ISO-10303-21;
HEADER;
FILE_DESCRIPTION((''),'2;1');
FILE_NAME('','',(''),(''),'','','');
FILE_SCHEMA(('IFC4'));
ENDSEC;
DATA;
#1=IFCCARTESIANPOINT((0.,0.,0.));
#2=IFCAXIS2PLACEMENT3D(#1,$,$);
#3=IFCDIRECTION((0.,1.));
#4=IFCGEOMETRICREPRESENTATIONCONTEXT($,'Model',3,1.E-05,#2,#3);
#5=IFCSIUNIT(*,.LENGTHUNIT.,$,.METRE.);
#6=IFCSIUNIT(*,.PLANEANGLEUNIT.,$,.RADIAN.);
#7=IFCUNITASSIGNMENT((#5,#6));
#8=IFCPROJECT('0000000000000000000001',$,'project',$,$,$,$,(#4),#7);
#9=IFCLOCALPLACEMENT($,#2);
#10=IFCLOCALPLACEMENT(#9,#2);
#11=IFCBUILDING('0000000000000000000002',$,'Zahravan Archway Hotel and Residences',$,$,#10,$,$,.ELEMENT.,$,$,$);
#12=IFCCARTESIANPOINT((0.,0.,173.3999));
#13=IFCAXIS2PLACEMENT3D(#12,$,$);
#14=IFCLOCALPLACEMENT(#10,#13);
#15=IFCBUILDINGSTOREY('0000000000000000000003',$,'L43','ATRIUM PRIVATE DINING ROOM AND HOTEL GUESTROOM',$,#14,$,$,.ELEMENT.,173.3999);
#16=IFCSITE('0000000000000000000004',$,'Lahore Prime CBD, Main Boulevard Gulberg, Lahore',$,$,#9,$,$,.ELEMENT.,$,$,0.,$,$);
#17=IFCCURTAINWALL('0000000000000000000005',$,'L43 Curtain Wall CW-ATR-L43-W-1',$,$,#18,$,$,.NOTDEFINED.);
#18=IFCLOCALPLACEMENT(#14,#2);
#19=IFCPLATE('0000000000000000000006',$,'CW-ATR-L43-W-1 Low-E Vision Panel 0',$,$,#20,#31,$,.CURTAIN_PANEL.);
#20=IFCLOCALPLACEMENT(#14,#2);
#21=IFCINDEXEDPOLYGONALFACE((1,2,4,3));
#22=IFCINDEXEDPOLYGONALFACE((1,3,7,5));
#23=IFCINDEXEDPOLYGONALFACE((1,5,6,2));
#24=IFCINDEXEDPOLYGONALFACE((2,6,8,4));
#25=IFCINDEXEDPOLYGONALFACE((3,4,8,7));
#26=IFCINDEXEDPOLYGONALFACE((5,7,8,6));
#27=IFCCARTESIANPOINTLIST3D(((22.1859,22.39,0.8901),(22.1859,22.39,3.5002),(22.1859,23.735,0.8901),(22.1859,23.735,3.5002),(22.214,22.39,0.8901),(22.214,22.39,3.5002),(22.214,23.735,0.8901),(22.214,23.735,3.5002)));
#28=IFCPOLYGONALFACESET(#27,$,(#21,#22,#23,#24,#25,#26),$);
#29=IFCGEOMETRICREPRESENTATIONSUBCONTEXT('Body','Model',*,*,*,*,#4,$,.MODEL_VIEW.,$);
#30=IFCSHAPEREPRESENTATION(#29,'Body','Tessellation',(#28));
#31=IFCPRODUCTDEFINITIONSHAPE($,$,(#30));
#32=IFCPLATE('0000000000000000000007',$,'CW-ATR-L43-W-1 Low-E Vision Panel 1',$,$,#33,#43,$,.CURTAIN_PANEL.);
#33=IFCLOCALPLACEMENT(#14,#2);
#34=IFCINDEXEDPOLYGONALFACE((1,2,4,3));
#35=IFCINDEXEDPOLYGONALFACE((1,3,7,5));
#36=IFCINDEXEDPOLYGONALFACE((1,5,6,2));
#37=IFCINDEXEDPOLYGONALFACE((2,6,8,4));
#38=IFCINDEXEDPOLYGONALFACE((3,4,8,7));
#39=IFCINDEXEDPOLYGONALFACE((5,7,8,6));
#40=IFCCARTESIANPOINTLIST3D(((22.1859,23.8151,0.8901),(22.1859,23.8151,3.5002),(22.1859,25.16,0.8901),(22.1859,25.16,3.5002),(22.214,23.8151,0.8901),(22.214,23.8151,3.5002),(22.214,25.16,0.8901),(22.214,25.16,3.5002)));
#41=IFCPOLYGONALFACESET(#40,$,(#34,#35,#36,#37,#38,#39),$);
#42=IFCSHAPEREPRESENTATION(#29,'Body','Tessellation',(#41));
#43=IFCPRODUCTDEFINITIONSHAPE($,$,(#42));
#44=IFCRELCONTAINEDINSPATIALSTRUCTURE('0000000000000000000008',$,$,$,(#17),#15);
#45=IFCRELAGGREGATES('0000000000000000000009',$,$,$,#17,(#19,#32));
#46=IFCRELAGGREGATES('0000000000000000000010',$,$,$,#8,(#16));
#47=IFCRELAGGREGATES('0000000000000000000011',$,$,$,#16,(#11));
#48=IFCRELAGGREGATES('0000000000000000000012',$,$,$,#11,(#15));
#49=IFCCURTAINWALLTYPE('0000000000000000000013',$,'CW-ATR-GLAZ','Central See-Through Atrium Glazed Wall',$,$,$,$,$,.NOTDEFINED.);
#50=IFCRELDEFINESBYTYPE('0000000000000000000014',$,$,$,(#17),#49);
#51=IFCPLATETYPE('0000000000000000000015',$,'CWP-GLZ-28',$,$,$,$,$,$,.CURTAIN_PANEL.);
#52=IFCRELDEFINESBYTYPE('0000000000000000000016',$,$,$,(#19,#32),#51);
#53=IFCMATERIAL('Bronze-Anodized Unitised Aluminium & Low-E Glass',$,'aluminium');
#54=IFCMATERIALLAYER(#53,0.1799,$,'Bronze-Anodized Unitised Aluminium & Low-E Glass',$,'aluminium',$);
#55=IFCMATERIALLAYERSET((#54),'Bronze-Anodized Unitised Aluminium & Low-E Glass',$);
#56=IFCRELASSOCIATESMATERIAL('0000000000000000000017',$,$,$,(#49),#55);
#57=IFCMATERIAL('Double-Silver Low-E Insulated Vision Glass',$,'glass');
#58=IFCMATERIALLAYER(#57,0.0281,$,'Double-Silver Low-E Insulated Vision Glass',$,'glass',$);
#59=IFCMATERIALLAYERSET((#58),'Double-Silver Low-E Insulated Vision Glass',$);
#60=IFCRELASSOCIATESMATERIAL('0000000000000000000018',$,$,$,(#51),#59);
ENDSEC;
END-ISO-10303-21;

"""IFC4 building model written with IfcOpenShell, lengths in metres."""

from ifc_helpers import new_model, si_unit, direction, frame, origin, origin_2d, place, context, subcontext, project, spatial, rectangle, extrude, source, transform, mapped, material, layer, layer_set, type_object, element, aggregate, save


model = new_model("IFC4")

# Units and contexts
model_context = context("Model", 3, precision=1e-05, world=origin(), true_north=direction((0.0, 1.0)))
body_context = subcontext(model_context, "Body", "Model", "MODEL_VIEW")
ifc_project = project(units=[si_unit("LENGTHUNIT", "METRE"), si_unit("PLANEANGLEUNIT", "RADIAN")], contexts=[model_context])

# Site, building, storey
site_placement = place(None, origin())
site = spatial("IfcSite", under=ifc_project, at=site_placement, Name="Lahore Prime CBD, Main Boulevard Gulberg, Lahore", CompositionType="ELEMENT", RefElevation=0.0)
building_placement = place(site_placement, origin())
building = spatial("IfcBuilding", under=site, at=building_placement, Name="Zahravan Archway Hotel and Residences", CompositionType="ELEMENT")
storey_placement = place(building_placement, frame((0.0, 0.0, 173.3999)))
storey = spatial("IfcBuildingStorey", under=building, at=storey_placement, Name="L43", Description="ATRIUM PRIVATE DINING ROOM AND HOTEL GUESTROOM", CompositionType="ELEMENT", Elevation=173.3999)

# Curtain wall
ifc_material_1 = material(Name="Bronze-Anodized Unitised Aluminium & Low-E Glass", Category="aluminium")
ifc_layer_1 = layer(ifc_material_1, 0.1799, Name="Bronze-Anodized Unitised Aluminium & Low-E Glass", Category="aluminium")
ifc_layer_set_1 = layer_set([ifc_layer_1], Name="Bronze-Anodized Unitised Aluminium & Low-E Glass")
curtain_wall_type = type_object("IfcCurtainWallType", Name="CW-ATR-GLAZ", Description="Central See-Through Atrium Glazed Wall", PredefinedType="NOTDEFINED", material=ifc_layer_set_1)
curtain_wall_1_placement = place(storey_placement, origin())
curtain_wall_1 = element("IfcCurtainWall", 1, at=curtain_wall_1_placement, inside=storey, type_object=curtain_wall_type, Name="L43 Curtain Wall CW-ATR-L43-W-1", PredefinedType="NOTDEFINED")

# Plates
ifc_material_2 = material(Name="Double-Silver Low-E Insulated Vision Glass", Category="glass")
ifc_layer_2 = layer(ifc_material_2, 0.0281, Name="Double-Silver Low-E Insulated Vision Glass", Category="glass")
ifc_layer_set_2 = layer_set([ifc_layer_2], Name="Double-Silver Low-E Insulated Vision Glass")
plate_type_1 = type_object("IfcPlateType", Name="CWP-GLZ-28", PredefinedType="CURTAIN_PANEL", material=ifc_layer_set_2)
shared_shape_1 = source(origin(), body_context, "Body", "SweptSolid", [
    extrude(rectangle(XDim=1.345, YDim=0.0281, at=origin_2d()), origin(), (0.0, 0.0, 1.0), 2.6101),
])
plate_1_placement = place(storey_placement, frame((22.2, 23.0625, 0.8901), z_axis=(0.0, 0.0, 1.0), x_axis=(0.0, 1.0, 0.0)))
plate_1 = element("IfcPlate", 2, at=plate_1_placement, type_object=plate_type_1, Name="CW-ATR-L43-W-1 Low-E Vision Panel 0", PredefinedType="CURTAIN_PANEL", context=body_context, shape_type="MappedRepresentation", body=[
    mapped(shared_shape_1, transform((0.0, 0.0, 0.0), scale=1.0)),
])
plate_2_placement = place(storey_placement, frame((22.2, 24.4875, 0.8901), z_axis=(0.0, 0.0, 1.0), x_axis=(0.0, 1.0, 0.0)))
plate_2 = element("IfcPlate", 3, at=plate_2_placement, type_object=plate_type_1, Name="CW-ATR-L43-W-1 Low-E Vision Panel 1", PredefinedType="CURTAIN_PANEL", context=body_context, shape_type="MappedRepresentation", body=[
    mapped(shared_shape_1, transform((0.0, 0.0, 0.0), scale=1.0)),
])
aggregate(curtain_wall_1, [plate_1, plate_2])

save(model, "model.ifc")
